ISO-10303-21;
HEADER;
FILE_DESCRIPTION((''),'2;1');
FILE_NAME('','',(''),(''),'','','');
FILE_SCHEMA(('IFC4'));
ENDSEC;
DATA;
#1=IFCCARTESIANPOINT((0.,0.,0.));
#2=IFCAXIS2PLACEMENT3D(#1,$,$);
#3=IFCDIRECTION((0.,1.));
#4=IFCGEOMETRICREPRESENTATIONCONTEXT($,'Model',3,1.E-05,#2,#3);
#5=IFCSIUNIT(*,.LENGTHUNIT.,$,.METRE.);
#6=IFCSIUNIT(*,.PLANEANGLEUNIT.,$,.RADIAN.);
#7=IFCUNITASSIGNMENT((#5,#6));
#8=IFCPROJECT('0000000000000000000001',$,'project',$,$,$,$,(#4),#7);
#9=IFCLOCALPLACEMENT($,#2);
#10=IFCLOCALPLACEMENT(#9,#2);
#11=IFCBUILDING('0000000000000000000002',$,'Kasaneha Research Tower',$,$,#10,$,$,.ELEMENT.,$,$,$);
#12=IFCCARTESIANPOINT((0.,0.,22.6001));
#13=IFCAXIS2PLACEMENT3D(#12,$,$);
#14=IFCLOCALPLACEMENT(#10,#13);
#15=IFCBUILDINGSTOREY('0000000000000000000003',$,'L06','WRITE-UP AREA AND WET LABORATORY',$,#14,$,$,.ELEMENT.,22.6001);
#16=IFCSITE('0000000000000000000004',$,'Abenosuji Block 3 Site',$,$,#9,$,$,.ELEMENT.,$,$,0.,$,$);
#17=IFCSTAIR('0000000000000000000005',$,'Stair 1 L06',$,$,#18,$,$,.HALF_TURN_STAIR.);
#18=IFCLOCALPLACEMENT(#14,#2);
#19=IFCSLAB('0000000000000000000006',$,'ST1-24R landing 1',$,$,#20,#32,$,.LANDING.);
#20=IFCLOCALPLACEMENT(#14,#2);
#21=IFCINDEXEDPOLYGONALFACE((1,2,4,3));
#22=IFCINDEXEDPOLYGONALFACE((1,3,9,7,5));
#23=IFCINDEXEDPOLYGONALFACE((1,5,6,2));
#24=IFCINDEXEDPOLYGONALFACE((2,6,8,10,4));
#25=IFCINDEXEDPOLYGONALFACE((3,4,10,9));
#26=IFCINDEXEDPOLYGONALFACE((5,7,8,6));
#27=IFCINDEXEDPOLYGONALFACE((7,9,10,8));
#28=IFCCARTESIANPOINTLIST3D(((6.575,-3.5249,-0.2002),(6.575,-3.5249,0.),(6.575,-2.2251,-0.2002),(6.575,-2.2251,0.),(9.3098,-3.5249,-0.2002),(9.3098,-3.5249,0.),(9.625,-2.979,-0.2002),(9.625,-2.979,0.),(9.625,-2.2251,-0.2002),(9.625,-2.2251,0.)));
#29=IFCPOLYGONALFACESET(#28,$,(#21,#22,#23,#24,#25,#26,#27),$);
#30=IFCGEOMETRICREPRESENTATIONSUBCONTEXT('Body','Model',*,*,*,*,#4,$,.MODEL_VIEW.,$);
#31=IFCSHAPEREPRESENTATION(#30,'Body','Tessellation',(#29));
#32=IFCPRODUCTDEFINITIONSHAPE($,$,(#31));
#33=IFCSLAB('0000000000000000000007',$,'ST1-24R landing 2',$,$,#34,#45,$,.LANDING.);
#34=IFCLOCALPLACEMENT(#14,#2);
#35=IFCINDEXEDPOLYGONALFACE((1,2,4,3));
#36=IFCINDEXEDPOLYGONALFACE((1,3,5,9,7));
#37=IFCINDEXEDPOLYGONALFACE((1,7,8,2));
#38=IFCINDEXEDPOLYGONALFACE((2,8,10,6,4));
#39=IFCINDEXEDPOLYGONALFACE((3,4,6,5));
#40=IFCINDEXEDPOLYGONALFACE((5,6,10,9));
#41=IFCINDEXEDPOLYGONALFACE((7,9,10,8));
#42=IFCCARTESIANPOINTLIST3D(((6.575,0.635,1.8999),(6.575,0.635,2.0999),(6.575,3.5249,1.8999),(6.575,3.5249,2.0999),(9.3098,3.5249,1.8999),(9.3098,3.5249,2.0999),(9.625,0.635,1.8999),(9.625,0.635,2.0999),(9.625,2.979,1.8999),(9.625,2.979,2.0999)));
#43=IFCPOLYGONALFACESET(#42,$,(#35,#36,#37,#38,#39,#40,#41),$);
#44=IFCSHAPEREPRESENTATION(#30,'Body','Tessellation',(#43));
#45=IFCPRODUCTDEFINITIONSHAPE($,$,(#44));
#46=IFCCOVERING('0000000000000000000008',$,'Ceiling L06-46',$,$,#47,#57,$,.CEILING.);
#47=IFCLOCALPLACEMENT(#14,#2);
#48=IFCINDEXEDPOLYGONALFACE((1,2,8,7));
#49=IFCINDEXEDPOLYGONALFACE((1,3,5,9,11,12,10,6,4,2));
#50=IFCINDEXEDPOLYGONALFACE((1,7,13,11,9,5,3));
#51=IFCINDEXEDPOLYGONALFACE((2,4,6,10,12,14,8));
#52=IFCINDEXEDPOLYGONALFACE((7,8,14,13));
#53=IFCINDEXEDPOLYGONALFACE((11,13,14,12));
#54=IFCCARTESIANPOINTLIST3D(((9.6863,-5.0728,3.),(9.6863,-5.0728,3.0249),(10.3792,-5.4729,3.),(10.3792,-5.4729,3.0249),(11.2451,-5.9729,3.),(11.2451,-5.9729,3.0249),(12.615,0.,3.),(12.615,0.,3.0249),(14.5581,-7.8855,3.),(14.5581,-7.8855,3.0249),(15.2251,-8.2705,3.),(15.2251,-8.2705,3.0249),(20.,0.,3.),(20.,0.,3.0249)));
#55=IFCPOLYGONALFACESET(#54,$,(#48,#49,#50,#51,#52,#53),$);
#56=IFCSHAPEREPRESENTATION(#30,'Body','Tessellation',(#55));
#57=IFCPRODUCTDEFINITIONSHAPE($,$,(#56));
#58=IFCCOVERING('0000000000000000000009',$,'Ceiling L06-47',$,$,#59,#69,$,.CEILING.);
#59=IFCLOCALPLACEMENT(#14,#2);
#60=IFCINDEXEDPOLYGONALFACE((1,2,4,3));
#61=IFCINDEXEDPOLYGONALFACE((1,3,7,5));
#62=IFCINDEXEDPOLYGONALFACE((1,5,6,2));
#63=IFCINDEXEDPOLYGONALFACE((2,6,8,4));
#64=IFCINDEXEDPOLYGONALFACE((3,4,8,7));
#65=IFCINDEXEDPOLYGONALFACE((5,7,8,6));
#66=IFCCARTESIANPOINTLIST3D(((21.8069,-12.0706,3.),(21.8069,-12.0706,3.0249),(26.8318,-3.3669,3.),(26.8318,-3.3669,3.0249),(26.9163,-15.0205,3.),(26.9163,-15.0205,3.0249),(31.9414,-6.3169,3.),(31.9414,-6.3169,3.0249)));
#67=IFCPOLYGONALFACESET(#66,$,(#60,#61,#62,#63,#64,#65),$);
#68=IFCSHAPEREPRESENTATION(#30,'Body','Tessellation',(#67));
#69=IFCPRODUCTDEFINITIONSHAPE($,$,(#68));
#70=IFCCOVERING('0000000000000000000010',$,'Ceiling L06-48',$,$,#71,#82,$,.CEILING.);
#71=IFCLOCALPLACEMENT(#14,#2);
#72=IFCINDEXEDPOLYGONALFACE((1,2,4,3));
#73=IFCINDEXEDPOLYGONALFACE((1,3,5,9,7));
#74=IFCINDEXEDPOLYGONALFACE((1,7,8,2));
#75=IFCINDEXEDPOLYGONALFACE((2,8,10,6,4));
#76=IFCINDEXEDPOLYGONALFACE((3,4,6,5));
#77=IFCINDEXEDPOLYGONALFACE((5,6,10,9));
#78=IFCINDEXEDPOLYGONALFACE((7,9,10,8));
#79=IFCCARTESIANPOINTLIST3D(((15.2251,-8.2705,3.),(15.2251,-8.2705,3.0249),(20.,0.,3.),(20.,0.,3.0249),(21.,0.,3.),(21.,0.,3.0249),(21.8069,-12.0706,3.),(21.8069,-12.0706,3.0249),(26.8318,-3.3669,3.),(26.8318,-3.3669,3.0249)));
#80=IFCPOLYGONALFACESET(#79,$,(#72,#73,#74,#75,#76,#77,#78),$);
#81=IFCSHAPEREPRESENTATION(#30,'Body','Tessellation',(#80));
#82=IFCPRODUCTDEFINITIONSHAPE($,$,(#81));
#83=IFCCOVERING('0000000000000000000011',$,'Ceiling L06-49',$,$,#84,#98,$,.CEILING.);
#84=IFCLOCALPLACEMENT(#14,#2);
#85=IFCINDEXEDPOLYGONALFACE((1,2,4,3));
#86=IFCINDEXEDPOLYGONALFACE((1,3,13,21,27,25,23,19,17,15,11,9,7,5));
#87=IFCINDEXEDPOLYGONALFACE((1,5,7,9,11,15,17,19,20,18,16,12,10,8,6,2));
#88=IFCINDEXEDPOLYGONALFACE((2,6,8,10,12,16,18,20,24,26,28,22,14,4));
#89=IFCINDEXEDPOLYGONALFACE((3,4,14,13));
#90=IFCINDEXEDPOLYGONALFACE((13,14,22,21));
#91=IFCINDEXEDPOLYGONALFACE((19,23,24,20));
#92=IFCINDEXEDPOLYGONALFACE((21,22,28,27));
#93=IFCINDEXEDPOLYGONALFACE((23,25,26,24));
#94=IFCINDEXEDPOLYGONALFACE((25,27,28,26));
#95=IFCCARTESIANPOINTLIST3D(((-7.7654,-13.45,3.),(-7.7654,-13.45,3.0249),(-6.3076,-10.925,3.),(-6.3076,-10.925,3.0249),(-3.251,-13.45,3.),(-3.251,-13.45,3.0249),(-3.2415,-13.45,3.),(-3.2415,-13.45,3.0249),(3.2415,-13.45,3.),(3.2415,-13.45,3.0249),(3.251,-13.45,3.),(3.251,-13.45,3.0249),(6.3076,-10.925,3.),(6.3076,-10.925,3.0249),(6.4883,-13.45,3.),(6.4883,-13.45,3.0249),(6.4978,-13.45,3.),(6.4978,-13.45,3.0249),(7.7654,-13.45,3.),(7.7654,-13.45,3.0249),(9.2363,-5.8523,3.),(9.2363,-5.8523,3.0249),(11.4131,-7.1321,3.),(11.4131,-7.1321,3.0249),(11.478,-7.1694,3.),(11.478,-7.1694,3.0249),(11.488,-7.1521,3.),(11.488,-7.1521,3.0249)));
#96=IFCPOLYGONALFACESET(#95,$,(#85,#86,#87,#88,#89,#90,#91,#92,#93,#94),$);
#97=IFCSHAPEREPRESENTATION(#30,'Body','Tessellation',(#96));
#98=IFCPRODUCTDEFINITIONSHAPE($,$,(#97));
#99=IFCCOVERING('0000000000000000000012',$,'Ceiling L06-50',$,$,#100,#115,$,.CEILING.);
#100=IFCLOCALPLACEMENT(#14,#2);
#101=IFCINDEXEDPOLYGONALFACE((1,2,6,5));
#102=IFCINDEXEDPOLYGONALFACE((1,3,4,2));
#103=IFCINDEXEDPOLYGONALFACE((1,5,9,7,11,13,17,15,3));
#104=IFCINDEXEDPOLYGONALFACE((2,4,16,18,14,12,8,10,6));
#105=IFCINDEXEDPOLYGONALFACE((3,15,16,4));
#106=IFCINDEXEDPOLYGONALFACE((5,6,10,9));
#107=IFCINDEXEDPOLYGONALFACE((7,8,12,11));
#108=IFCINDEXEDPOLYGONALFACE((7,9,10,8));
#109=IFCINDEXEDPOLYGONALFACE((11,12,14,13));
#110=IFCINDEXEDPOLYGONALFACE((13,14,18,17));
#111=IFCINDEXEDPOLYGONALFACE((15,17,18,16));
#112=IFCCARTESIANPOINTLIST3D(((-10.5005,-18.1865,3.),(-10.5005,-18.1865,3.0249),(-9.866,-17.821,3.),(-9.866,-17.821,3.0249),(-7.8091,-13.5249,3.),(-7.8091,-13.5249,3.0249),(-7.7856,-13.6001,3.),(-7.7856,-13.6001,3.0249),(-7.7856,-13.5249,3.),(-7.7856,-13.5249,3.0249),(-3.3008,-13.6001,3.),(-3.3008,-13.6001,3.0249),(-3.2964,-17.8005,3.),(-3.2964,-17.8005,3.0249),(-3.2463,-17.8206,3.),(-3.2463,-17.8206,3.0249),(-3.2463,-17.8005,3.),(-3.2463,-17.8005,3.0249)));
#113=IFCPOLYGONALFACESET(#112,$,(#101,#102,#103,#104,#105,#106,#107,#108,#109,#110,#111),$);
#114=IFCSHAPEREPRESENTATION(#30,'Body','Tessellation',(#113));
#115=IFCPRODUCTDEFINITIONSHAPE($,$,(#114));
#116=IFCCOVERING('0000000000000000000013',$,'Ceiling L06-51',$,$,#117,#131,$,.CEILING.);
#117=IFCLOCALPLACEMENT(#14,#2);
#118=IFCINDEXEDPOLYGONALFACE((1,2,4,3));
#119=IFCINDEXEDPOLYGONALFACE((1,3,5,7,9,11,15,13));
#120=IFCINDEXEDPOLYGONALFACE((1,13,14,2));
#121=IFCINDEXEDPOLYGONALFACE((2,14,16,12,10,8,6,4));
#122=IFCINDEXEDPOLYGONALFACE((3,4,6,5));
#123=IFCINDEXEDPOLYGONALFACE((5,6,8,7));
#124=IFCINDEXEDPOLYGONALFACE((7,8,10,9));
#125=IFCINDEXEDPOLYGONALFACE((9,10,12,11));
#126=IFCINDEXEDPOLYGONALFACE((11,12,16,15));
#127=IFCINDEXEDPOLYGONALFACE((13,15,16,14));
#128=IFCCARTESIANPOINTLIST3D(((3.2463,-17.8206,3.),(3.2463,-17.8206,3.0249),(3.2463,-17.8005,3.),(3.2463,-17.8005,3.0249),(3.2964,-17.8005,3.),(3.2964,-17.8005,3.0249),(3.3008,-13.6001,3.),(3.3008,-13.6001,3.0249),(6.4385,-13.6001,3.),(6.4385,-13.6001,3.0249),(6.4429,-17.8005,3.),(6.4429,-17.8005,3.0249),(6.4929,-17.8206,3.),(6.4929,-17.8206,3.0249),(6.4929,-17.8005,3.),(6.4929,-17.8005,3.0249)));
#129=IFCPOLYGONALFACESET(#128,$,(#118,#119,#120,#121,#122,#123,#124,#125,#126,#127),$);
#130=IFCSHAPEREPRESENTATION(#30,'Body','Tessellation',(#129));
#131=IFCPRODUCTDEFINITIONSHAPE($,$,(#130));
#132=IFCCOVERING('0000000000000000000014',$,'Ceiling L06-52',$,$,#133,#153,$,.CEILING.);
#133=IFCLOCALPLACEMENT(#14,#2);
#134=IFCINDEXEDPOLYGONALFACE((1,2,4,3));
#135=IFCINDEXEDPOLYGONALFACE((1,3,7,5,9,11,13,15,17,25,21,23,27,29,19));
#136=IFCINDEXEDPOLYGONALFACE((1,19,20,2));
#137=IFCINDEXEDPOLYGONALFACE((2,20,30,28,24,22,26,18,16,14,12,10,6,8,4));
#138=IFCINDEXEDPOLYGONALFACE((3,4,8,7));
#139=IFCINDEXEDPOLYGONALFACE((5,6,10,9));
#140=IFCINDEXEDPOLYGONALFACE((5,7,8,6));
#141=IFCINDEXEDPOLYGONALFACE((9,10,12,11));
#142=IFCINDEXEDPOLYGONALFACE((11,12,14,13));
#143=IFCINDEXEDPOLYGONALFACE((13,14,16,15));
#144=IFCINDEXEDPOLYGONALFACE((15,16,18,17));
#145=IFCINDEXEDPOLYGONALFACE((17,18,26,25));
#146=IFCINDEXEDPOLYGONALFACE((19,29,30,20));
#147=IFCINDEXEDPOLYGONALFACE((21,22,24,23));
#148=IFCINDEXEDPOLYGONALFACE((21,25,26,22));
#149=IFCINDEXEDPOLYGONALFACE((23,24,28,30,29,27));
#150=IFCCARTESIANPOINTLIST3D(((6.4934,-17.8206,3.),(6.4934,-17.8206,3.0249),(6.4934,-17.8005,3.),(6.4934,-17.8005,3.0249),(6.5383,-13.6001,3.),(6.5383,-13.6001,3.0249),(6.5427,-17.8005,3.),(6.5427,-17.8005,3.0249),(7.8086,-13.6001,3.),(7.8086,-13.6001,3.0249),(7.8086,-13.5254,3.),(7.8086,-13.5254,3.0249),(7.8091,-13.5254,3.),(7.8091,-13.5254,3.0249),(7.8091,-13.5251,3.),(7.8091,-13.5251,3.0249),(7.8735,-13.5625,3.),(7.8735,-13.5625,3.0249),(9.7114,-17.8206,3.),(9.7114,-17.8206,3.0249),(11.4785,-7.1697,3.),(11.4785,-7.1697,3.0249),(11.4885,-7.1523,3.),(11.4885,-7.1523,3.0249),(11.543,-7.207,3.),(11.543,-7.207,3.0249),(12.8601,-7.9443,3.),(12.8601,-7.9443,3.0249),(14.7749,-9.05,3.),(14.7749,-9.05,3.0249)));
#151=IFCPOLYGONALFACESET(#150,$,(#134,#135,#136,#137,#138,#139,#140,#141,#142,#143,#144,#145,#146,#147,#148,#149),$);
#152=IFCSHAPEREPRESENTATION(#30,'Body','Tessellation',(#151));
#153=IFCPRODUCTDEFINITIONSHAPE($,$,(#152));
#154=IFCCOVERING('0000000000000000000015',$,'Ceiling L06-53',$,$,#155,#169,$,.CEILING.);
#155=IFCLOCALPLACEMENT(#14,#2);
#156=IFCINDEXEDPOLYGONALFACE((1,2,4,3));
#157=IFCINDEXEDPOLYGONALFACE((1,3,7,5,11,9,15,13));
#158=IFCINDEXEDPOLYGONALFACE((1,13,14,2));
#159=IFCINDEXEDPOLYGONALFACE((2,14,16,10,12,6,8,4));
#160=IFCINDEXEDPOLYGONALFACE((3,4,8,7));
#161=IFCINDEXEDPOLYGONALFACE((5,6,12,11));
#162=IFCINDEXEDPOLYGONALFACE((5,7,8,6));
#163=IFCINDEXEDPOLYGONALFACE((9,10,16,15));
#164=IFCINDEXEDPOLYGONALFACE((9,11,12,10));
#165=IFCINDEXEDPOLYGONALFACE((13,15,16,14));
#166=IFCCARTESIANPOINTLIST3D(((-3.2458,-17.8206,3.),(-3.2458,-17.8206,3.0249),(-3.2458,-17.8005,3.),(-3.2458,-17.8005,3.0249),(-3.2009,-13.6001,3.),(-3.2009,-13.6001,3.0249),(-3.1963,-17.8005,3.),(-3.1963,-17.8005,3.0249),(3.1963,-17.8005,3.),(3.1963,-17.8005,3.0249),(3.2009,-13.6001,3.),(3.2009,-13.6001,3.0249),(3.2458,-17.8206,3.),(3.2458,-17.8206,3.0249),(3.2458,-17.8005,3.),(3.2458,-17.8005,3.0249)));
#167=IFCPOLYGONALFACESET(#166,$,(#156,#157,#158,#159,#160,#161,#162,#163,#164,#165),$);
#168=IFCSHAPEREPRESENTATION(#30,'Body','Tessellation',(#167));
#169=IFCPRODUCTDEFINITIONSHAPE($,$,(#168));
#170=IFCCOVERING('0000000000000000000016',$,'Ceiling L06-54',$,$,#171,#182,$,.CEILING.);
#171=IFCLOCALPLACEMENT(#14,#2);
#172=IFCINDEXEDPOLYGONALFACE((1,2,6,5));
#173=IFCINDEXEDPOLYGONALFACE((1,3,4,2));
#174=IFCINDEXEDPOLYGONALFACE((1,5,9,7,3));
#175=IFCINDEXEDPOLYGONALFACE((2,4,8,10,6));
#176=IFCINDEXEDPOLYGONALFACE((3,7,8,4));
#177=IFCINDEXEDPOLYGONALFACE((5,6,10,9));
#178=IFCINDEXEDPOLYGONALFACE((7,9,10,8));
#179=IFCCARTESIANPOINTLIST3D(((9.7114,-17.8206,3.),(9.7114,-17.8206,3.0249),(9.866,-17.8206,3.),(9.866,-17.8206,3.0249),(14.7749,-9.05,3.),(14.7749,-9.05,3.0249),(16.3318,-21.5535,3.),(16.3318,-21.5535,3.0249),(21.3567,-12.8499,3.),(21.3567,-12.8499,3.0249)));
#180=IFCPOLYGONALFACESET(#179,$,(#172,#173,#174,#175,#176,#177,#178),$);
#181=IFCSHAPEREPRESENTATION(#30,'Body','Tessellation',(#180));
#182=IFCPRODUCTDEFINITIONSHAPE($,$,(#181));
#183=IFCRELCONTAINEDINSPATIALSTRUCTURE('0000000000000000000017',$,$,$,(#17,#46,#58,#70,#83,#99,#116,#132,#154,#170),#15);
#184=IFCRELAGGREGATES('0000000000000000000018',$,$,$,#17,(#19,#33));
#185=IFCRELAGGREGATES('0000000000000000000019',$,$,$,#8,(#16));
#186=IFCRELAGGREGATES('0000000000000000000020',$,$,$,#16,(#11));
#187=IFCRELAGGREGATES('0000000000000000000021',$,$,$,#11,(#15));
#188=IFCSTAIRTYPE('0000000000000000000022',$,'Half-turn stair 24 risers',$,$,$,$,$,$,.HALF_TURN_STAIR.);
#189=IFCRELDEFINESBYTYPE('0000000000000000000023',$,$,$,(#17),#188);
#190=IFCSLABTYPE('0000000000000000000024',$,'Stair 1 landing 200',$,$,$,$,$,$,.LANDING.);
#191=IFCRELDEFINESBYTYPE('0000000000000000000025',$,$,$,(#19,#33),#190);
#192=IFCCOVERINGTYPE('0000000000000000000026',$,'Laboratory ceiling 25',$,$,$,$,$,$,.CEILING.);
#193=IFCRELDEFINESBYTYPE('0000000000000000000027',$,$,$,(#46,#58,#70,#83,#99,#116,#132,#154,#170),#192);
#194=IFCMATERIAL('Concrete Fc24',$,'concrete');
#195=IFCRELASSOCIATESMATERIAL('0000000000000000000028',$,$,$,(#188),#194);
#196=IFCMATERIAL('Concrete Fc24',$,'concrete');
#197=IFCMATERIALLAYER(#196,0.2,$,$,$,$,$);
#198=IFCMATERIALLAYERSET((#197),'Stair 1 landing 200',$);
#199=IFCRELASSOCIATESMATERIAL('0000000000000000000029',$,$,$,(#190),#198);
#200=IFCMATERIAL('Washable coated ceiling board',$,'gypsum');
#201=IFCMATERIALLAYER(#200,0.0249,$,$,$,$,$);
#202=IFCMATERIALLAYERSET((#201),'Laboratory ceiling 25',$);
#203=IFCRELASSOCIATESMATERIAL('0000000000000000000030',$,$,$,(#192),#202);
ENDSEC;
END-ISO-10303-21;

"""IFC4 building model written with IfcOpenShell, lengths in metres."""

from ifc_helpers import new_model, si_unit, direction, frame, origin, place, context, subcontext, project, spatial, polyline, outline, extrude, material, layer, layer_set, type_object, element, aggregate, save


model = new_model("IFC4")

# Units and contexts
model_context = context("Model", 3, precision=1e-05, world=origin(), true_north=direction((0.0, 1.0)))
body_context = subcontext(model_context, "Body", "Model", "MODEL_VIEW")
ifc_project = project(units=[si_unit("LENGTHUNIT", "METRE"), si_unit("PLANEANGLEUNIT", "RADIAN")], contexts=[model_context])

# Site, building, storey
site_placement = place(None, origin())
site = spatial("IfcSite", under=ifc_project, at=site_placement, Name="Abenosuji Block 3 Site", CompositionType="ELEMENT", RefElevation=0.0)
building_placement = place(site_placement, origin())
building = spatial("IfcBuilding", under=site, at=building_placement, Name="Kasaneha Research Tower", CompositionType="ELEMENT")
storey_placement = place(building_placement, frame((0.0, 0.0, 22.6001)))
storey = spatial("IfcBuildingStorey", under=building, at=storey_placement, Name="L06", Description="WRITE-UP AREA AND WET LABORATORY", CompositionType="ELEMENT", Elevation=22.6001)

# Stair, slabs
ifc_material_1 = material(Name="Concrete Fc24", Category="concrete")
stair_type = type_object("IfcStairType", Name="Half-turn stair 24 risers", PredefinedType="HALF_TURN_STAIR", material=ifc_material_1)
stair_placement = place(storey_placement, origin())
stair = element("IfcStair", 1, at=stair_placement, inside=storey, type_object=stair_type, Name="Stair 1 L06", PredefinedType="HALF_TURN_STAIR")
ifc_material_2 = material(Name="Concrete Fc24", Category="concrete")
ifc_layer_1 = layer(ifc_material_2, 0.2)
ifc_layer_set_1 = layer_set([ifc_layer_1], Name="Stair 1 landing 200")
slab_type = type_object("IfcSlabType", Name="Stair 1 landing 200", PredefinedType="LANDING", material=ifc_layer_set_1)
slab_1_placement = place(storey_placement, frame((0.0, 0.0, -0.2002)))
slab_1 = element("IfcSlab", 2, at=slab_1_placement, type_object=slab_type, Name="ST1-24R landing 1", PredefinedType="LANDING", context=body_context, shape_type="SweptSolid", body=[
    extrude(outline(polyline([(9.3098, -3.5249), (6.575, -3.5249), (6.575, -2.2251), (9.625, -2.2251), (9.625, -2.979), (9.3098, -3.5249)])), origin(), (0.0, 0.0, 1.0), 0.2002),
])
slab_2_placement = place(storey_placement, frame((0.0, 0.0, 1.8999)))
slab_2 = element("IfcSlab", 3, at=slab_2_placement, type_object=slab_type, Name="ST1-24R landing 2", PredefinedType="LANDING", context=body_context, shape_type="SweptSolid", body=[
    extrude(outline(polyline([(6.575, 3.5249), (9.3098, 3.5249), (9.625, 2.979), (9.625, 0.635), (6.575, 0.635), (6.575, 3.5249)])), origin(), (0.0, 0.0, 1.0), 0.2),
])
aggregate(stair, [slab_1, slab_2])

# Coverings
ifc_material_3 = material(Name="Washable coated ceiling board", Category="gypsum")
ifc_layer_2 = layer(ifc_material_3, 0.0249)
ifc_layer_set_2 = layer_set([ifc_layer_2], Name="Laboratory ceiling 25")
covering_type_1 = type_object("IfcCoveringType", Name="Laboratory ceiling 25", PredefinedType="CEILING", material=ifc_layer_set_2)
covering_1_placement = place(storey_placement, frame((0.0, 0.0, 3.0)))
element("IfcCovering", 4, at=covering_1_placement, inside=storey, type_object=covering_type_1, Name="Ceiling L06-46", PredefinedType="CEILING", context=body_context, shape_type="SweptSolid", body=[
    extrude(outline(polyline([(11.2451, -5.9729), (10.3792, -5.4729), (9.6863, -5.0728), (12.615, 0.0), (20.0, 0.0), (15.2251, -8.2705), (14.5581, -7.8855), (11.2451, -5.9729)])), origin(), (0.0, 0.0, 1.0), 0.0249),
])
covering_2_placement = place(storey_placement, frame((0.0, 0.0, 3.0)))
element("IfcCovering", 5, at=covering_2_placement, inside=storey, type_object=covering_type_1, Name="Ceiling L06-47", PredefinedType="CEILING", context=body_context, shape_type="SweptSolid", body=[
    extrude(outline(polyline([(26.8318, -3.3669), (31.9414, -6.3169), (26.9163, -15.0205), (21.8069, -12.0706), (26.8318, -3.3669)])), origin(), (0.0, 0.0, 1.0), 0.0249),
])
covering_3_placement = place(storey_placement, frame((0.0, 0.0, 3.0)))
element("IfcCovering", 6, at=covering_3_placement, inside=storey, type_object=covering_type_1, Name="Ceiling L06-48", PredefinedType="CEILING", context=body_context, shape_type="SweptSolid", body=[
    extrude(outline(polyline([(20.0, 0.0), (21.0, 0.0), (26.8318, -3.3669), (21.8069, -12.0706), (15.2251, -8.2705), (20.0, 0.0)])), origin(), (0.0, 0.0, 1.0), 0.0249),
])
covering_4_placement = place(storey_placement, frame((0.0, 0.0, 3.0)))
element("IfcCovering", 7, at=covering_4_placement, inside=storey, type_object=covering_type_1, Name="Ceiling L06-49", PredefinedType="CEILING", context=body_context, shape_type="SweptSolid", body=[
    extrude(outline(polyline([(-6.3076, -10.925), (6.3076, -10.925), (9.2363, -5.8523), (11.488, -7.1521), (11.478, -7.1694), (11.4131, -7.1321), (7.7654, -13.45), (6.4978, -13.45), (6.4883, -13.45), (3.251, -13.45), (3.2415, -13.45), (-3.2415, -13.45), (-3.251, -13.45), (-7.7654, -13.45), (-6.3076, -10.925)])), origin(), (0.0, 0.0, 1.0), 0.0249),
])
covering_5_placement = place(storey_placement, frame((0.0, 0.0, 3.0)))
element("IfcCovering", 8, at=covering_5_placement, inside=storey, type_object=covering_type_1, Name="Ceiling L06-50", PredefinedType="CEILING", context=body_context, shape_type="SweptSolid", body=[
    extrude(outline(polyline([(-10.5005, -18.1865), (-7.8091, -13.5249), (-7.7856, -13.5249), (-7.7856, -13.6001), (-3.3008, -13.6001), (-3.2964, -17.8005), (-3.2463, -17.8005), (-3.2463, -17.8206), (-9.866, -17.821), (-10.5005, -18.1865)])), origin(), (0.0, 0.0, 1.0), 0.0249),
])
covering_6_placement = place(storey_placement, frame((0.0, 0.0, 3.0)))
element("IfcCovering", 9, at=covering_6_placement, inside=storey, type_object=covering_type_1, Name="Ceiling L06-51", PredefinedType="CEILING", context=body_context, shape_type="SweptSolid", body=[
    extrude(outline(polyline([(3.2463, -17.8005), (3.2964, -17.8005), (3.3008, -13.6001), (6.4385, -13.6001), (6.4429, -17.8005), (6.4929, -17.8005), (6.4929, -17.8206), (3.2463, -17.8206), (3.2463, -17.8005)])), origin(), (0.0, 0.0, 1.0), 0.0249),
])
covering_7_placement = place(storey_placement, frame((0.0, 0.0, 3.0)))
element("IfcCovering", 10, at=covering_7_placement, inside=storey, type_object=covering_type_1, Name="Ceiling L06-52", PredefinedType="CEILING", context=body_context, shape_type="SweptSolid", body=[
    extrude(outline(polyline([(7.8091, -13.5254), (7.8091, -13.5251), (7.8735, -13.5625), (11.543, -7.207), (11.4785, -7.1697), (11.4885, -7.1523), (12.8601, -7.9443), (14.7749, -9.05), (9.7114, -17.8206), (6.4934, -17.8206), (6.4934, -17.8005), (6.5427, -17.8005), (6.5383, -13.6001), (7.8086, -13.6001), (7.8086, -13.5254), (7.8091, -13.5254)])), origin(), (0.0, 0.0, 1.0), 0.0249),
])
covering_8_placement = place(storey_placement, frame((0.0, 0.0, 3.0)))
element("IfcCovering", 11, at=covering_8_placement, inside=storey, type_object=covering_type_1, Name="Ceiling L06-53", PredefinedType="CEILING", context=body_context, shape_type="SweptSolid", body=[
    extrude(outline(polyline([(3.2458, -17.8206), (-3.2458, -17.8206), (-3.2458, -17.8005), (-3.1963, -17.8005), (-3.2009, -13.6001), (3.2009, -13.6001), (3.1963, -17.8005), (3.2458, -17.8005), (3.2458, -17.8206)])), origin(), (0.0, 0.0, 1.0), 0.0249),
])
covering_9_placement = place(storey_placement, frame((0.0, 0.0, 3.0)))
element("IfcCovering", 12, at=covering_9_placement, inside=storey, type_object=covering_type_1, Name="Ceiling L06-54", PredefinedType="CEILING", context=body_context, shape_type="SweptSolid", body=[
    extrude(outline(polyline([(14.7749, -9.05), (21.3567, -12.8499), (16.3318, -21.5535), (9.866, -17.8206), (9.7114, -17.8206), (14.7749, -9.05)])), origin(), (0.0, 0.0, 1.0), 0.0249),
])

save(model, "model.ifc")
